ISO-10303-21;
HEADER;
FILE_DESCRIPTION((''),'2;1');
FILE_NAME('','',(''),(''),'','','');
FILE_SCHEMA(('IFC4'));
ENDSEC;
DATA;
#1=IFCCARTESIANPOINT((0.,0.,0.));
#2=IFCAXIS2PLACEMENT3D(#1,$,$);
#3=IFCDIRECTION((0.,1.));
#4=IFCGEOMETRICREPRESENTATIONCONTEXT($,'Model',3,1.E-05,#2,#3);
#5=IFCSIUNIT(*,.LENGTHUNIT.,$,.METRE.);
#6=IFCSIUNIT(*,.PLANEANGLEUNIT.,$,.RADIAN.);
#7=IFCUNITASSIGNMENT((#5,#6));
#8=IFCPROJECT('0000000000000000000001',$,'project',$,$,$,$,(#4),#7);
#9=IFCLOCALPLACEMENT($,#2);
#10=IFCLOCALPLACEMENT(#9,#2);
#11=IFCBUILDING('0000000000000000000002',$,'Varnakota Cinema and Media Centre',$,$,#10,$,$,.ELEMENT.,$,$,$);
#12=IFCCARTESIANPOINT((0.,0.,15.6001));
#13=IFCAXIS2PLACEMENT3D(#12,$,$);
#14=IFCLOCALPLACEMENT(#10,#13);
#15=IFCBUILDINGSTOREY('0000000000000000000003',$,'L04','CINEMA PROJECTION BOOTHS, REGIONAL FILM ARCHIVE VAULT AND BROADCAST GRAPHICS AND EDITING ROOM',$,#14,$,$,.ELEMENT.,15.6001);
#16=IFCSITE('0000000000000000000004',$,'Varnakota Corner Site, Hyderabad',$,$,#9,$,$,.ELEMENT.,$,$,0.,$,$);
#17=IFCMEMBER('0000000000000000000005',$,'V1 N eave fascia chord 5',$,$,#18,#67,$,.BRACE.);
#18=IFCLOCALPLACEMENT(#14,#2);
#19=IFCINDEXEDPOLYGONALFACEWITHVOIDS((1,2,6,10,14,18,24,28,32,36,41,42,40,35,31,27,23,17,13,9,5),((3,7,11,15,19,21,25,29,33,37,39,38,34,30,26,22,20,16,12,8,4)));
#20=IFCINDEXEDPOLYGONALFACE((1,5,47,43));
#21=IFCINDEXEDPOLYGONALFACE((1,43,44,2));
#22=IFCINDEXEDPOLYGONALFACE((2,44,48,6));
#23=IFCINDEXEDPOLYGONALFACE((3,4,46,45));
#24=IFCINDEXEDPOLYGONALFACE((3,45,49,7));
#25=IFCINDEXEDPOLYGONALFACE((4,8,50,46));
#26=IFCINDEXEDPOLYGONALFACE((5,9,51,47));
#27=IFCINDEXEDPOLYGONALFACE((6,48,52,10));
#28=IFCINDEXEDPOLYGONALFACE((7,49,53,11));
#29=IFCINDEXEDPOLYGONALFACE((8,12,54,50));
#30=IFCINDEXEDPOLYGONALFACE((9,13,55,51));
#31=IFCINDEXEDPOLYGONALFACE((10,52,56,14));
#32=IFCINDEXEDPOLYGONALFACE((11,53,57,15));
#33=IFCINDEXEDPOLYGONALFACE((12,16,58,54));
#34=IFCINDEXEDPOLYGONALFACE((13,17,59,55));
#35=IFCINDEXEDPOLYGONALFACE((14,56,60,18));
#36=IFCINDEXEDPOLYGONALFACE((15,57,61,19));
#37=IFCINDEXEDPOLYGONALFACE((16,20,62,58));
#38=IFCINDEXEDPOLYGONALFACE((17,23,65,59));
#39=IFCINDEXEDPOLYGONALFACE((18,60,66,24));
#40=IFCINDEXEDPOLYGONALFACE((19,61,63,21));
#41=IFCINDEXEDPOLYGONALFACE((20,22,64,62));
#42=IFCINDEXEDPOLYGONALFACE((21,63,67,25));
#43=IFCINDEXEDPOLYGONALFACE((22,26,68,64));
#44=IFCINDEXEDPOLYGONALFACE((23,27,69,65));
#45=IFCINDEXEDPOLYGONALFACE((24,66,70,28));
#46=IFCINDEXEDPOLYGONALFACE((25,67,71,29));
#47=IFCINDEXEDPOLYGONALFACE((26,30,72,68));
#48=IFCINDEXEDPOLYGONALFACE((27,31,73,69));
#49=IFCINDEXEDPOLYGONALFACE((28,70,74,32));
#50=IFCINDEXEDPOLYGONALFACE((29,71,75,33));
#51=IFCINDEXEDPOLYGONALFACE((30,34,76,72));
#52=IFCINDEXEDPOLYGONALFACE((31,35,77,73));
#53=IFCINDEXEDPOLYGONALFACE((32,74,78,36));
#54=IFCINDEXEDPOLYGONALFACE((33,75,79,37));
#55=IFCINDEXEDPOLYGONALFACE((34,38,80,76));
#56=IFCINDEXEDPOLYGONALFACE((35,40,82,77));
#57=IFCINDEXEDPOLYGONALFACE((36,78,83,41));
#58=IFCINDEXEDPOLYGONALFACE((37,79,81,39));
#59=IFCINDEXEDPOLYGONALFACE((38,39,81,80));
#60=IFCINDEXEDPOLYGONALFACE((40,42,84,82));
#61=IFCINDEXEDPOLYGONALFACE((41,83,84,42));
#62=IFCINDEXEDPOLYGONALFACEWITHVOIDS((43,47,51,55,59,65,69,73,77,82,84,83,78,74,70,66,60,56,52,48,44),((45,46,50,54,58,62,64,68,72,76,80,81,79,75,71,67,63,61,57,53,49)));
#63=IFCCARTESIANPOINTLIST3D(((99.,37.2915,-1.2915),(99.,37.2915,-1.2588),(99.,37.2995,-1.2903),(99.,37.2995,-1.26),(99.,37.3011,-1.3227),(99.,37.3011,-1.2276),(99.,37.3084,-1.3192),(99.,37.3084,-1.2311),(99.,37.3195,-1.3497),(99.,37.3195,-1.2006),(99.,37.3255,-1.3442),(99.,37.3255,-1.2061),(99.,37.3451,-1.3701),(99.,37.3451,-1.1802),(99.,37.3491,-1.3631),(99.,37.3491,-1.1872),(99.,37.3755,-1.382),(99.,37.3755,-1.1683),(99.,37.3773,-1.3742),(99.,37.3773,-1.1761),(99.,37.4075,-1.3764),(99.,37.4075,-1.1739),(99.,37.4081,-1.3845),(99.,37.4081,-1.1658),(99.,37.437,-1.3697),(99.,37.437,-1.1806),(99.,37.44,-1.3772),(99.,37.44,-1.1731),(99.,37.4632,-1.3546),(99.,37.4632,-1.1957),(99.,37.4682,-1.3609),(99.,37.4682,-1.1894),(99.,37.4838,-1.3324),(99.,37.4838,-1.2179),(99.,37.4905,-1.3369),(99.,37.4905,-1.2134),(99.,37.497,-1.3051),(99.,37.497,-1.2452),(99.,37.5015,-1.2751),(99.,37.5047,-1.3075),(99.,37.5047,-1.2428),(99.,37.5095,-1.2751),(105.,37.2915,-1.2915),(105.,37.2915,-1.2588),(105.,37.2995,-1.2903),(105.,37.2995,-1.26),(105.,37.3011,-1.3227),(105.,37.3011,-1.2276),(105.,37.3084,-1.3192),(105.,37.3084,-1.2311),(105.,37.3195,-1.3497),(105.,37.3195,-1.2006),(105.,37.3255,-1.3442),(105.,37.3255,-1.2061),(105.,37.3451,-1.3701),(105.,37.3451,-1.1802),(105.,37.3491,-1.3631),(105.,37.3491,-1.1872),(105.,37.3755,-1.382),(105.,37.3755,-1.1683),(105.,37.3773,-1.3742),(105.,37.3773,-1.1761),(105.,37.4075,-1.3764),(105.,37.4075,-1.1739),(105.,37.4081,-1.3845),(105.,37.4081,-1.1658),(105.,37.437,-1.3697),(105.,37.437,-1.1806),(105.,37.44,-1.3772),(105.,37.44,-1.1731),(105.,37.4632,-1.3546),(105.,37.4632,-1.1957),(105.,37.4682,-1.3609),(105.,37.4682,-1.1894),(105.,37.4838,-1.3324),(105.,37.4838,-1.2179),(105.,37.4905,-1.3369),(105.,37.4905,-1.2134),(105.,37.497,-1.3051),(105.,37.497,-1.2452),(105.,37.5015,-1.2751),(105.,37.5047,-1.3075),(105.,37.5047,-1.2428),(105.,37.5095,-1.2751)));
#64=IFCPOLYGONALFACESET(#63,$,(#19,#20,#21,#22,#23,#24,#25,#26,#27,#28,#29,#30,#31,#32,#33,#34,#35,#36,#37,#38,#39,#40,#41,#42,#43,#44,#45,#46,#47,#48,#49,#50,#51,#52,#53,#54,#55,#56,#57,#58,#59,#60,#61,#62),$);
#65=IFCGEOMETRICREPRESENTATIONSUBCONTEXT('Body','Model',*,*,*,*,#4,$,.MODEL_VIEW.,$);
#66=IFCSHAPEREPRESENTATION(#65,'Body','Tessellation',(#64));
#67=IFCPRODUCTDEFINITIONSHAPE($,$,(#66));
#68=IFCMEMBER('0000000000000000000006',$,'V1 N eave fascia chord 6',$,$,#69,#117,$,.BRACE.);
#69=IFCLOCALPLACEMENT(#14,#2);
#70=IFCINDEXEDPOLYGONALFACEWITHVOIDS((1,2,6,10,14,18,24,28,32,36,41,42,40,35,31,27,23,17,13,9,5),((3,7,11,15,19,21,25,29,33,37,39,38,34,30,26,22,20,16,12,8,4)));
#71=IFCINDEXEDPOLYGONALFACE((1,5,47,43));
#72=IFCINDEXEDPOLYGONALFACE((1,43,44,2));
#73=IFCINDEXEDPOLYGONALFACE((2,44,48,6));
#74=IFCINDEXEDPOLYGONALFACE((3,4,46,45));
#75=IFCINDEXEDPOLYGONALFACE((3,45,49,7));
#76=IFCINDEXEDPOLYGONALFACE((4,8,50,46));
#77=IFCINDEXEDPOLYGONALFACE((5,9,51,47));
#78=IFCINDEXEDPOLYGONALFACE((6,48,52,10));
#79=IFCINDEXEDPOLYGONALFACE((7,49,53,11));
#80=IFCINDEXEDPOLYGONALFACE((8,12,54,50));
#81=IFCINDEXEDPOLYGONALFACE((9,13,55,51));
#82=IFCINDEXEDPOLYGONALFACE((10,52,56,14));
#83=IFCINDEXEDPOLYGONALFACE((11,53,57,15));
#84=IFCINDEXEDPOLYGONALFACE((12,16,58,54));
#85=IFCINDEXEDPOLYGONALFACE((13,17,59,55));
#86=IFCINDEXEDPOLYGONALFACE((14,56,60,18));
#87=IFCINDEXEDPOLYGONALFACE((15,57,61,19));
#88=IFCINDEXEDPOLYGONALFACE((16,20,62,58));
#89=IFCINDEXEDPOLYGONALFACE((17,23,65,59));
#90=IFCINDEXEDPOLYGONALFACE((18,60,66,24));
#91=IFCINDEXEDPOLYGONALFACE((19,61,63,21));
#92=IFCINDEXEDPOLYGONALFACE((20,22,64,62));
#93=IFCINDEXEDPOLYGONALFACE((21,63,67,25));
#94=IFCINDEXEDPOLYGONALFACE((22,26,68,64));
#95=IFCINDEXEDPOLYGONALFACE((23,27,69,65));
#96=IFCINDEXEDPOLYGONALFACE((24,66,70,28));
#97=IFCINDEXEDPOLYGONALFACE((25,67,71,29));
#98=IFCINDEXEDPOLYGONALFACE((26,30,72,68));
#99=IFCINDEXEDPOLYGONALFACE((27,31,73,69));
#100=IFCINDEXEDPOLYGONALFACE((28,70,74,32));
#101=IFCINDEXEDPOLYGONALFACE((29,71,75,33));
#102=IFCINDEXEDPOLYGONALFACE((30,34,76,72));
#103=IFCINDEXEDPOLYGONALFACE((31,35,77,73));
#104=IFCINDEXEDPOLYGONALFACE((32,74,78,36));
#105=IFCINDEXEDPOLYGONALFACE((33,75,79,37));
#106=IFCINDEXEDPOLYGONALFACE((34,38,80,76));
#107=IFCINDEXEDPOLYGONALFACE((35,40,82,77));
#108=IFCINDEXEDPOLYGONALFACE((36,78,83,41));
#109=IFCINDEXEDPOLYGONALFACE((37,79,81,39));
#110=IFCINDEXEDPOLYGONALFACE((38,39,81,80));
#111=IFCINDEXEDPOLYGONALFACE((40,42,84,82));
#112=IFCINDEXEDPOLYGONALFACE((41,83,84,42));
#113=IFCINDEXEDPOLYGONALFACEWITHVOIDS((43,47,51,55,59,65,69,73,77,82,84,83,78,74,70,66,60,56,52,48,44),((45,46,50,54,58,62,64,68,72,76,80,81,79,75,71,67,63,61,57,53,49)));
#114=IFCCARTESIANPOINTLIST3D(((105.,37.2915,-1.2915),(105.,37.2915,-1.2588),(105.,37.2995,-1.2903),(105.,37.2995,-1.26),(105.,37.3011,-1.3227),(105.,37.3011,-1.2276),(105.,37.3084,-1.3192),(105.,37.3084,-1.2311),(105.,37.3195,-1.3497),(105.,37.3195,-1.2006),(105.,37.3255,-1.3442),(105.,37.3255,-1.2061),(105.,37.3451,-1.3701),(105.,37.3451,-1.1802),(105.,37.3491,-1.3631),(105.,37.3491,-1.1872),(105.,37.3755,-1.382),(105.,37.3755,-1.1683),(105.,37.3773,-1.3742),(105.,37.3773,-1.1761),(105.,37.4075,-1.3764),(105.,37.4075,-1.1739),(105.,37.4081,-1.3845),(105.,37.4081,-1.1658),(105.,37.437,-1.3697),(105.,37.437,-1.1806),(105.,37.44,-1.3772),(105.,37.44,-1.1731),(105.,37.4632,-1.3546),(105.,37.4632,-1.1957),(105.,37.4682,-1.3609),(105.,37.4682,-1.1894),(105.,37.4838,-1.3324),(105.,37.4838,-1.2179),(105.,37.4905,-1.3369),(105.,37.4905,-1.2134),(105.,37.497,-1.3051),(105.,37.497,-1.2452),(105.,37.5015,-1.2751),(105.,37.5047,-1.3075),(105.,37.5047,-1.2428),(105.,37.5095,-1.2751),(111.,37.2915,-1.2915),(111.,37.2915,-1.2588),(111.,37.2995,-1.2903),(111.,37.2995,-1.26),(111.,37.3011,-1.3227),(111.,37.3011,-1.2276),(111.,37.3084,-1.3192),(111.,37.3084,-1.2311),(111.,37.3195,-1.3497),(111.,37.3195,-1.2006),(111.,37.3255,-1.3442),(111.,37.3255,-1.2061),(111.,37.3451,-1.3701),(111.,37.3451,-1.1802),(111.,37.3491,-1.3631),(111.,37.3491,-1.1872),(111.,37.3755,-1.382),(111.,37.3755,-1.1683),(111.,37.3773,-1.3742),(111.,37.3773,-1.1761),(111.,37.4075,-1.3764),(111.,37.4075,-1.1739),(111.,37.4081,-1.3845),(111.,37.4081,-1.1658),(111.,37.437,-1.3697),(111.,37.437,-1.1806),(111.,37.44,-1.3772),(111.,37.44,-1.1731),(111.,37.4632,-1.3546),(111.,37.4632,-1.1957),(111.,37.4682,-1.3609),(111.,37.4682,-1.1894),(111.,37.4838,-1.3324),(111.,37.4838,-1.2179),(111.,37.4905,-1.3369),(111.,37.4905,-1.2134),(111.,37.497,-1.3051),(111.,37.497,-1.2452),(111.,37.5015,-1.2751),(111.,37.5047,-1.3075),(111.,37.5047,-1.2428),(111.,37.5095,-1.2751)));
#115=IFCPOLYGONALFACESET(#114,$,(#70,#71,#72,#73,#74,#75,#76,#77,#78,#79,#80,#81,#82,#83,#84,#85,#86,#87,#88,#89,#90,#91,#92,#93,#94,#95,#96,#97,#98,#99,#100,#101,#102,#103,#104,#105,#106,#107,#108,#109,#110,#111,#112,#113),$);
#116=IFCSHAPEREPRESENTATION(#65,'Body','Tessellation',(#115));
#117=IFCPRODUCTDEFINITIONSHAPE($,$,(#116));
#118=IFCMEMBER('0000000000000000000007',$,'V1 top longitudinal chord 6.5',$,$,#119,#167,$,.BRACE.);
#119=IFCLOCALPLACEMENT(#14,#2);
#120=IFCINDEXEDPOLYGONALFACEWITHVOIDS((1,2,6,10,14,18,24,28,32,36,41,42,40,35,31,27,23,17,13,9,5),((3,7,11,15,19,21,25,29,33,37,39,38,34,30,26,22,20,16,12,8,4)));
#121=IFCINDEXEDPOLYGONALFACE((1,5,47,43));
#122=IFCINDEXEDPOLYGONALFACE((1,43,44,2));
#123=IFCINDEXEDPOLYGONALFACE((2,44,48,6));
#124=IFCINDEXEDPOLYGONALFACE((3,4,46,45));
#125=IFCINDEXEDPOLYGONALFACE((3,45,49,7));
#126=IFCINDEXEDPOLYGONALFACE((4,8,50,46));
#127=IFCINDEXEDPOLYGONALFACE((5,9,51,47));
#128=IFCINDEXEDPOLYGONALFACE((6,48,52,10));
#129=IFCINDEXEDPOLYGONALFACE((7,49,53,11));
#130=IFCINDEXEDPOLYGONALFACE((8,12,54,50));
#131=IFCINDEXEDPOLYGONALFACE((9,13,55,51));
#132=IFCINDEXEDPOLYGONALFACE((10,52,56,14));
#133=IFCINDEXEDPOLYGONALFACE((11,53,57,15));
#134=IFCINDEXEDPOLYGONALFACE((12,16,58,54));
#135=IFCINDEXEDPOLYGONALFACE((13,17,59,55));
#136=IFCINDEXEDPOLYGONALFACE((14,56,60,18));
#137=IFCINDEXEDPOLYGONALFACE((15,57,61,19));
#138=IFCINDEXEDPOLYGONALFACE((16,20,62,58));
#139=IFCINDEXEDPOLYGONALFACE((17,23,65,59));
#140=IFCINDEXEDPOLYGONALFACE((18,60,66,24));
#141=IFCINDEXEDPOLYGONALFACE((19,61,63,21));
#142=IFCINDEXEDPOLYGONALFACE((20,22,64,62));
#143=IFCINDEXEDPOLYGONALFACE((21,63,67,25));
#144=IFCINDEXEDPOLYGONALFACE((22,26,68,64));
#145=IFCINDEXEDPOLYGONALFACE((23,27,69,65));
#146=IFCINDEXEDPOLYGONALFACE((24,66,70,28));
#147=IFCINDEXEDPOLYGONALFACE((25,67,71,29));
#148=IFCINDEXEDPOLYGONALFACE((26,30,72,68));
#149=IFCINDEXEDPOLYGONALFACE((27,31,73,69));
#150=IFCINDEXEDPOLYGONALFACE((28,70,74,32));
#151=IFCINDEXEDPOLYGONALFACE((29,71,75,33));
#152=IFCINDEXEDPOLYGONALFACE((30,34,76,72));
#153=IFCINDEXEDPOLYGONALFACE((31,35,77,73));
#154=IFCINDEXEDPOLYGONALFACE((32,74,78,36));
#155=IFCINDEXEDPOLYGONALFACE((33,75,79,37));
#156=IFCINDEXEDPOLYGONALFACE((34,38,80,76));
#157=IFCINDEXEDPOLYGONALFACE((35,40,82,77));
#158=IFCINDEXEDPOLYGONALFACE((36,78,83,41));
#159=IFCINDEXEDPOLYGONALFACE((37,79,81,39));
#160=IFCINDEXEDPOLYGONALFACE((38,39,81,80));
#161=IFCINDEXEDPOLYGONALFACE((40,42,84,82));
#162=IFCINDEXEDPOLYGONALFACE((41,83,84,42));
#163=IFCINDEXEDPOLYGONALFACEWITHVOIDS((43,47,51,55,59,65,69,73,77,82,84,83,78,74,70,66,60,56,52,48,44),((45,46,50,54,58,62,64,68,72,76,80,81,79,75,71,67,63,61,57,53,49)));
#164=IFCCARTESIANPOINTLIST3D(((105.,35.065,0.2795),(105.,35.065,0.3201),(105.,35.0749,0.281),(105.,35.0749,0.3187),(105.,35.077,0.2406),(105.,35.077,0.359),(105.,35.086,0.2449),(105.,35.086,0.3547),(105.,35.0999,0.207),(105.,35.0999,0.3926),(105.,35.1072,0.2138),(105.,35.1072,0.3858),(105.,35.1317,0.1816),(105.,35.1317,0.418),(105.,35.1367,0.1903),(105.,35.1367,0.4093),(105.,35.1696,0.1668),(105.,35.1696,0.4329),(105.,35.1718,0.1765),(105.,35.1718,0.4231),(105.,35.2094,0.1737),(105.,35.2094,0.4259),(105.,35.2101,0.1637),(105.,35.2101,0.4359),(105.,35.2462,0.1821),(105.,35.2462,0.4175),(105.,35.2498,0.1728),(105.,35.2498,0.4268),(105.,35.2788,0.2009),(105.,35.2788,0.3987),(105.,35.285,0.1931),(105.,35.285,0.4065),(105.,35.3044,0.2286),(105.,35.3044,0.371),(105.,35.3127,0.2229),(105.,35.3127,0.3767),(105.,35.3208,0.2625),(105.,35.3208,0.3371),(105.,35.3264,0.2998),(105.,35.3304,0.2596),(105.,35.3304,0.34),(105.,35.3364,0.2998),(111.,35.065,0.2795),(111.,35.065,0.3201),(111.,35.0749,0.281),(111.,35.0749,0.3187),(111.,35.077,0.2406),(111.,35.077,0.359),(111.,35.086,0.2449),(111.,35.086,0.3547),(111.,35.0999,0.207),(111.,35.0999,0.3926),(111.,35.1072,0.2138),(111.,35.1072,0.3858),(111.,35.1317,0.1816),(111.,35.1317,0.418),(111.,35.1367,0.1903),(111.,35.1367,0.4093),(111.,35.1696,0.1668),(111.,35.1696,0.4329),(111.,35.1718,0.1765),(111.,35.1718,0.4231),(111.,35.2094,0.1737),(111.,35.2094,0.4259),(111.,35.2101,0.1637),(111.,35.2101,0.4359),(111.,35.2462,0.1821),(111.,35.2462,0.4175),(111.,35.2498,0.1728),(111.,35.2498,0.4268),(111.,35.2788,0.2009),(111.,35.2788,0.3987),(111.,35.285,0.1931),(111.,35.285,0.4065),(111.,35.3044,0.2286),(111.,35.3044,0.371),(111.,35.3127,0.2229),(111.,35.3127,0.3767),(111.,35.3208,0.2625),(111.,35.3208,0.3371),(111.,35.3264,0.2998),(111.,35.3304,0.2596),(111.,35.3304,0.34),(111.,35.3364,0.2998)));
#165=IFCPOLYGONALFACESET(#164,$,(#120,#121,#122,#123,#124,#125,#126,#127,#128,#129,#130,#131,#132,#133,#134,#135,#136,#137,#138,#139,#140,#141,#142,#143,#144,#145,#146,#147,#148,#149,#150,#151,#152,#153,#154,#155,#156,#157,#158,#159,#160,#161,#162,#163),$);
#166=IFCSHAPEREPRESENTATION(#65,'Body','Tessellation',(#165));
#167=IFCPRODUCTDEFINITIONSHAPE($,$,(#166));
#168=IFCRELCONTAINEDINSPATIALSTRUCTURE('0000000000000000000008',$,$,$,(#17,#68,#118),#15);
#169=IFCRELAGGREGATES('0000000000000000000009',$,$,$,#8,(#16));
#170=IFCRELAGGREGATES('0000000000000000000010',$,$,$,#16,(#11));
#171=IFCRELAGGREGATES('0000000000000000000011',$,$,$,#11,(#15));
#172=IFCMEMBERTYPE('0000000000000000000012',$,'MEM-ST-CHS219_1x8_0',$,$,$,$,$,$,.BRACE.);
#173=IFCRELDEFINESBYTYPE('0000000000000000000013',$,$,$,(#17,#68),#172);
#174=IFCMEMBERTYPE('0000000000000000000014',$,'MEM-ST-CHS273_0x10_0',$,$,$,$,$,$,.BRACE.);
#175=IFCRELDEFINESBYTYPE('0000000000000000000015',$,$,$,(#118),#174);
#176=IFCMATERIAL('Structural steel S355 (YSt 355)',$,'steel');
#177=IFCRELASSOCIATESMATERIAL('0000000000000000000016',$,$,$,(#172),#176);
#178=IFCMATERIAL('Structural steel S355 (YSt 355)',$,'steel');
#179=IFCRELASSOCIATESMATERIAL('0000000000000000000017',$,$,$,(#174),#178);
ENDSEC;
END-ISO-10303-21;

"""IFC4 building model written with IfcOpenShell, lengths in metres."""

from ifc_helpers import new_model, si_unit, direction, frame, origin, origin_2d, place, context, subcontext, project, spatial, hollow_circle, extrude, material, material_profile, profile_set, type_object, element, save


model = new_model("IFC4")

# Units and contexts
model_context = context("Model", 3, precision=1e-05, world=origin(), true_north=direction((0.0, 1.0)))
body_context = subcontext(model_context, "Body", "Model", "MODEL_VIEW")
ifc_project = project(units=[si_unit("LENGTHUNIT", "METRE"), si_unit("PLANEANGLEUNIT", "RADIAN")], contexts=[model_context])

# Site, building, storey
site_placement = place(None, origin())
site = spatial("IfcSite", under=ifc_project, at=site_placement, Name="Varnakota Corner Site, Hyderabad", CompositionType="ELEMENT", RefElevation=0.0)
building_placement = place(site_placement, origin())
building = spatial("IfcBuilding", under=site, at=building_placement, Name="Varnakota Cinema and Media Centre", CompositionType="ELEMENT")
storey_placement = place(building_placement, frame((0.0, 0.0, 15.6001)))
storey = spatial("IfcBuildingStorey", under=building, at=storey_placement, Name="L04", Description="CINEMA PROJECTION BOOTHS, REGIONAL FILM ARCHIVE VAULT AND BROADCAST GRAPHICS AND EDITING ROOM", CompositionType="ELEMENT", Elevation=15.6001)

# Members
ifc_material_1 = material(Name="Structural steel S355 (YSt 355)", Category="steel")
ifc_material_profile_1 = material_profile(ifc_material_1, hollow_circle(Radius=0.1096, WallThickness=0.0081, at=origin_2d()), Name="CHS 219.1x8.0")
ifc_profile_set_1 = profile_set([ifc_material_profile_1], Name="Structural steel S355 (YSt 355)")
member_type_1 = type_object("IfcMemberType", Name="MEM-ST-CHS219_1x8_0", PredefinedType="BRACE", material=ifc_profile_set_1)
for number, where, z_axis, x_axis, name in (
    (1, (99.0, 37.3999, -1.2751), (1.0, 0.0, 0.0), (0.0, 1.0, 0.0), "V1 N eave fascia chord 5"),
    (2, (105.0, 37.3999, -1.2751), (1.0, 0.0, 0.0), (0.0, 1.0, 0.0), "V1 N eave fascia chord 6"),
):
    element("IfcMember", number, at=place(storey_placement, frame(where, z_axis=z_axis, x_axis=x_axis)), inside=storey, type_object=member_type_1, Name=name, PredefinedType="BRACE", context=body_context, shape_type="SweptSolid", body=[
        extrude(hollow_circle(Radius=0.1096, WallThickness=0.0081, at=origin_2d()), origin(), (0.0, 0.0, 1.0), 6.0),
    ])
ifc_material_2 = material(Name="Structural steel S355 (YSt 355)", Category="steel")
ifc_material_profile_2 = material_profile(ifc_material_2, hollow_circle(Radius=0.1365, WallThickness=0.01, at=origin_2d()), Name="CHS 273.0x10.0")
ifc_profile_set_2 = profile_set([ifc_material_profile_2], Name="Structural steel S355 (YSt 355)")
member_type_2 = type_object("IfcMemberType", Name="MEM-ST-CHS273_0x10_0", PredefinedType="BRACE", material=ifc_profile_set_2)
member_1_placement = place(storey_placement, frame((105.0, 35.2, 0.2998), z_axis=(1.0, 0.0, 0.0), x_axis=(0.0, 1.0, 0.0)))
element("IfcMember", 3, at=member_1_placement, inside=storey, type_object=member_type_2, Name="V1 top longitudinal chord 6.5", PredefinedType="BRACE", context=body_context, shape_type="SweptSolid", body=[
    extrude(hollow_circle(Radius=0.1365, WallThickness=0.01, at=origin_2d()), origin(), (0.0, 0.0, 1.0), 6.0),
])

save(model, "model.ifc")
